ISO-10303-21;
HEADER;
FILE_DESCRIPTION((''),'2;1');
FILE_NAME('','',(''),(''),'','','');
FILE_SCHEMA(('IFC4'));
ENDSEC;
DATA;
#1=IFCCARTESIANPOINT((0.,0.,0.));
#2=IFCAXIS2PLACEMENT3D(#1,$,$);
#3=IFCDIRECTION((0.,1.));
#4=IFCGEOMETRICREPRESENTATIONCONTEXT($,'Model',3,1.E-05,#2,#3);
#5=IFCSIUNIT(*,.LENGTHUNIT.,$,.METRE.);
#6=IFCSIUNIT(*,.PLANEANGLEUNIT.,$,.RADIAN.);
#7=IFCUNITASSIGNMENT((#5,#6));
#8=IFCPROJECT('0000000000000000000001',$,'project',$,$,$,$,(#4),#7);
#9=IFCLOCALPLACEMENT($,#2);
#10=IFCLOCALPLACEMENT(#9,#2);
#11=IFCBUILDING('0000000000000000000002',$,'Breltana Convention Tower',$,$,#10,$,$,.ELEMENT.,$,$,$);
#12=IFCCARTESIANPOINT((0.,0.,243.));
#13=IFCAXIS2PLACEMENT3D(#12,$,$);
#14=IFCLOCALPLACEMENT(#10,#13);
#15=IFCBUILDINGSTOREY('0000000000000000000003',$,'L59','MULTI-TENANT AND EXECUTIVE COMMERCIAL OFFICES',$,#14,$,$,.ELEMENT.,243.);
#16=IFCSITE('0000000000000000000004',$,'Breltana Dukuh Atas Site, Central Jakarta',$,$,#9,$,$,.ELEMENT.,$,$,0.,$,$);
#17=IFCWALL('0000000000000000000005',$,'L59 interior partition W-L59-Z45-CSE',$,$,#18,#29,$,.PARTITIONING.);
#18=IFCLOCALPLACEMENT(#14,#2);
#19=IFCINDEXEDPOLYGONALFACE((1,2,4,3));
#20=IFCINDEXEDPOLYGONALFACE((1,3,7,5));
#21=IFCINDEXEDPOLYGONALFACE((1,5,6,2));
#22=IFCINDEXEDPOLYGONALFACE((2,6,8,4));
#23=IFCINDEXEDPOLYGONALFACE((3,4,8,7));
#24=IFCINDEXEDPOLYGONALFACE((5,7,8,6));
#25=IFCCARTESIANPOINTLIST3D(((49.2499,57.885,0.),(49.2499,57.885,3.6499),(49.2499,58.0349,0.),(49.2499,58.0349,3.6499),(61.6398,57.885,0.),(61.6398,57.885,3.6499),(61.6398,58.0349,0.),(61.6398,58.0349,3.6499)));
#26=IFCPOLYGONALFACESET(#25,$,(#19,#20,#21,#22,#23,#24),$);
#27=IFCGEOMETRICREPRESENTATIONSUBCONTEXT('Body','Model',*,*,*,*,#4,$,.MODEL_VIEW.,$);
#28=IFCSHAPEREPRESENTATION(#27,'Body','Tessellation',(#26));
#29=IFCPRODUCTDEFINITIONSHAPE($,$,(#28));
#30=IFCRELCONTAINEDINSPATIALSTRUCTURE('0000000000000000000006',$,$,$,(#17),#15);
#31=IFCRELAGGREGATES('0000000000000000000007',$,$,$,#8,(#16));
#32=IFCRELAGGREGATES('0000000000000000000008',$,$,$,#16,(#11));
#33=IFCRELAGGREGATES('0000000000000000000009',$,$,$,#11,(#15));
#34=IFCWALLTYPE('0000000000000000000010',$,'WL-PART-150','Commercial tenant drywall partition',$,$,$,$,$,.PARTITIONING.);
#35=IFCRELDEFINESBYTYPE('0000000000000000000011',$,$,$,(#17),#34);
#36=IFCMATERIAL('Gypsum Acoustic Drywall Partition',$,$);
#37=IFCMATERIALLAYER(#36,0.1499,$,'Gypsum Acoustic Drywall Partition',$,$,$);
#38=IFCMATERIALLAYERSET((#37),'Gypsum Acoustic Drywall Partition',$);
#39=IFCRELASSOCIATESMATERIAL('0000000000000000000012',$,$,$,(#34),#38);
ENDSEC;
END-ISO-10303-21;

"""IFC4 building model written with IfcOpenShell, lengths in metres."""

from ifc_helpers import new_model, si_unit, direction, frame, frame_2d, origin, place, context, subcontext, project, spatial, rectangle, extrude, source, transform, mapped, material, layer, layer_set, type_object, element, save


model = new_model("IFC4")

# Units and contexts
model_context = context("Model", 3, precision=1e-05, world=origin(), true_north=direction((0.0, 1.0)))
body_context = subcontext(model_context, "Body", "Model", "MODEL_VIEW")
ifc_project = project(units=[si_unit("LENGTHUNIT", "METRE"), si_unit("PLANEANGLEUNIT", "RADIAN")], contexts=[model_context])

# Site, building, storey
site_placement = place(None, origin())
site = spatial("IfcSite", under=ifc_project, at=site_placement, Name="Breltana Dukuh Atas Site, Central Jakarta", CompositionType="ELEMENT", RefElevation=0.0)
building_placement = place(site_placement, origin())
building = spatial("IfcBuilding", under=site, at=building_placement, Name="Breltana Convention Tower", CompositionType="ELEMENT")
storey_placement = place(building_placement, frame((0.0, 0.0, 243.0)))
storey = spatial("IfcBuildingStorey", under=building, at=storey_placement, Name="L59", Description="MULTI-TENANT AND EXECUTIVE COMMERCIAL OFFICES", CompositionType="ELEMENT", Elevation=243.0)

# Shared definitions
ifc_material_1 = material(Name="Gypsum Acoustic Drywall Partition")
ifc_layer_1 = layer(ifc_material_1, 0.1499, Name="Gypsum Acoustic Drywall Partition")
ifc_layer_set_1 = layer_set([ifc_layer_1], Name="Gypsum Acoustic Drywall Partition")
wall_type_1 = type_object("IfcWallType", Name="WL-PART-150", Description="Commercial tenant drywall partition", PredefinedType="PARTITIONING", material=ifc_layer_set_1)

# Wall
shared_shape_1 = source(origin(), body_context, "Body", "SweptSolid", [
    extrude(rectangle(XDim=12.3899, YDim=0.1499, at=frame_2d((6.1948, 0.0))), origin(), (0.0, 0.0, 1.0), 3.6499),
])
wall_1_placement = place(storey_placement, frame((49.25, 57.96, 0.0), z_axis=(0.0, 0.0, 1.0), x_axis=(1.0, 0.0, 0.0)))
element("IfcWall", 1, at=wall_1_placement, inside=storey, type_object=wall_type_1, Name="L59 interior partition W-L59-Z45-CSE", PredefinedType="PARTITIONING", context=body_context, shape_type="MappedRepresentation", body=[
    mapped(shared_shape_1, transform((0.0, 0.0, 0.0), scale=1.0)),
])

save(model, "model.ifc")
